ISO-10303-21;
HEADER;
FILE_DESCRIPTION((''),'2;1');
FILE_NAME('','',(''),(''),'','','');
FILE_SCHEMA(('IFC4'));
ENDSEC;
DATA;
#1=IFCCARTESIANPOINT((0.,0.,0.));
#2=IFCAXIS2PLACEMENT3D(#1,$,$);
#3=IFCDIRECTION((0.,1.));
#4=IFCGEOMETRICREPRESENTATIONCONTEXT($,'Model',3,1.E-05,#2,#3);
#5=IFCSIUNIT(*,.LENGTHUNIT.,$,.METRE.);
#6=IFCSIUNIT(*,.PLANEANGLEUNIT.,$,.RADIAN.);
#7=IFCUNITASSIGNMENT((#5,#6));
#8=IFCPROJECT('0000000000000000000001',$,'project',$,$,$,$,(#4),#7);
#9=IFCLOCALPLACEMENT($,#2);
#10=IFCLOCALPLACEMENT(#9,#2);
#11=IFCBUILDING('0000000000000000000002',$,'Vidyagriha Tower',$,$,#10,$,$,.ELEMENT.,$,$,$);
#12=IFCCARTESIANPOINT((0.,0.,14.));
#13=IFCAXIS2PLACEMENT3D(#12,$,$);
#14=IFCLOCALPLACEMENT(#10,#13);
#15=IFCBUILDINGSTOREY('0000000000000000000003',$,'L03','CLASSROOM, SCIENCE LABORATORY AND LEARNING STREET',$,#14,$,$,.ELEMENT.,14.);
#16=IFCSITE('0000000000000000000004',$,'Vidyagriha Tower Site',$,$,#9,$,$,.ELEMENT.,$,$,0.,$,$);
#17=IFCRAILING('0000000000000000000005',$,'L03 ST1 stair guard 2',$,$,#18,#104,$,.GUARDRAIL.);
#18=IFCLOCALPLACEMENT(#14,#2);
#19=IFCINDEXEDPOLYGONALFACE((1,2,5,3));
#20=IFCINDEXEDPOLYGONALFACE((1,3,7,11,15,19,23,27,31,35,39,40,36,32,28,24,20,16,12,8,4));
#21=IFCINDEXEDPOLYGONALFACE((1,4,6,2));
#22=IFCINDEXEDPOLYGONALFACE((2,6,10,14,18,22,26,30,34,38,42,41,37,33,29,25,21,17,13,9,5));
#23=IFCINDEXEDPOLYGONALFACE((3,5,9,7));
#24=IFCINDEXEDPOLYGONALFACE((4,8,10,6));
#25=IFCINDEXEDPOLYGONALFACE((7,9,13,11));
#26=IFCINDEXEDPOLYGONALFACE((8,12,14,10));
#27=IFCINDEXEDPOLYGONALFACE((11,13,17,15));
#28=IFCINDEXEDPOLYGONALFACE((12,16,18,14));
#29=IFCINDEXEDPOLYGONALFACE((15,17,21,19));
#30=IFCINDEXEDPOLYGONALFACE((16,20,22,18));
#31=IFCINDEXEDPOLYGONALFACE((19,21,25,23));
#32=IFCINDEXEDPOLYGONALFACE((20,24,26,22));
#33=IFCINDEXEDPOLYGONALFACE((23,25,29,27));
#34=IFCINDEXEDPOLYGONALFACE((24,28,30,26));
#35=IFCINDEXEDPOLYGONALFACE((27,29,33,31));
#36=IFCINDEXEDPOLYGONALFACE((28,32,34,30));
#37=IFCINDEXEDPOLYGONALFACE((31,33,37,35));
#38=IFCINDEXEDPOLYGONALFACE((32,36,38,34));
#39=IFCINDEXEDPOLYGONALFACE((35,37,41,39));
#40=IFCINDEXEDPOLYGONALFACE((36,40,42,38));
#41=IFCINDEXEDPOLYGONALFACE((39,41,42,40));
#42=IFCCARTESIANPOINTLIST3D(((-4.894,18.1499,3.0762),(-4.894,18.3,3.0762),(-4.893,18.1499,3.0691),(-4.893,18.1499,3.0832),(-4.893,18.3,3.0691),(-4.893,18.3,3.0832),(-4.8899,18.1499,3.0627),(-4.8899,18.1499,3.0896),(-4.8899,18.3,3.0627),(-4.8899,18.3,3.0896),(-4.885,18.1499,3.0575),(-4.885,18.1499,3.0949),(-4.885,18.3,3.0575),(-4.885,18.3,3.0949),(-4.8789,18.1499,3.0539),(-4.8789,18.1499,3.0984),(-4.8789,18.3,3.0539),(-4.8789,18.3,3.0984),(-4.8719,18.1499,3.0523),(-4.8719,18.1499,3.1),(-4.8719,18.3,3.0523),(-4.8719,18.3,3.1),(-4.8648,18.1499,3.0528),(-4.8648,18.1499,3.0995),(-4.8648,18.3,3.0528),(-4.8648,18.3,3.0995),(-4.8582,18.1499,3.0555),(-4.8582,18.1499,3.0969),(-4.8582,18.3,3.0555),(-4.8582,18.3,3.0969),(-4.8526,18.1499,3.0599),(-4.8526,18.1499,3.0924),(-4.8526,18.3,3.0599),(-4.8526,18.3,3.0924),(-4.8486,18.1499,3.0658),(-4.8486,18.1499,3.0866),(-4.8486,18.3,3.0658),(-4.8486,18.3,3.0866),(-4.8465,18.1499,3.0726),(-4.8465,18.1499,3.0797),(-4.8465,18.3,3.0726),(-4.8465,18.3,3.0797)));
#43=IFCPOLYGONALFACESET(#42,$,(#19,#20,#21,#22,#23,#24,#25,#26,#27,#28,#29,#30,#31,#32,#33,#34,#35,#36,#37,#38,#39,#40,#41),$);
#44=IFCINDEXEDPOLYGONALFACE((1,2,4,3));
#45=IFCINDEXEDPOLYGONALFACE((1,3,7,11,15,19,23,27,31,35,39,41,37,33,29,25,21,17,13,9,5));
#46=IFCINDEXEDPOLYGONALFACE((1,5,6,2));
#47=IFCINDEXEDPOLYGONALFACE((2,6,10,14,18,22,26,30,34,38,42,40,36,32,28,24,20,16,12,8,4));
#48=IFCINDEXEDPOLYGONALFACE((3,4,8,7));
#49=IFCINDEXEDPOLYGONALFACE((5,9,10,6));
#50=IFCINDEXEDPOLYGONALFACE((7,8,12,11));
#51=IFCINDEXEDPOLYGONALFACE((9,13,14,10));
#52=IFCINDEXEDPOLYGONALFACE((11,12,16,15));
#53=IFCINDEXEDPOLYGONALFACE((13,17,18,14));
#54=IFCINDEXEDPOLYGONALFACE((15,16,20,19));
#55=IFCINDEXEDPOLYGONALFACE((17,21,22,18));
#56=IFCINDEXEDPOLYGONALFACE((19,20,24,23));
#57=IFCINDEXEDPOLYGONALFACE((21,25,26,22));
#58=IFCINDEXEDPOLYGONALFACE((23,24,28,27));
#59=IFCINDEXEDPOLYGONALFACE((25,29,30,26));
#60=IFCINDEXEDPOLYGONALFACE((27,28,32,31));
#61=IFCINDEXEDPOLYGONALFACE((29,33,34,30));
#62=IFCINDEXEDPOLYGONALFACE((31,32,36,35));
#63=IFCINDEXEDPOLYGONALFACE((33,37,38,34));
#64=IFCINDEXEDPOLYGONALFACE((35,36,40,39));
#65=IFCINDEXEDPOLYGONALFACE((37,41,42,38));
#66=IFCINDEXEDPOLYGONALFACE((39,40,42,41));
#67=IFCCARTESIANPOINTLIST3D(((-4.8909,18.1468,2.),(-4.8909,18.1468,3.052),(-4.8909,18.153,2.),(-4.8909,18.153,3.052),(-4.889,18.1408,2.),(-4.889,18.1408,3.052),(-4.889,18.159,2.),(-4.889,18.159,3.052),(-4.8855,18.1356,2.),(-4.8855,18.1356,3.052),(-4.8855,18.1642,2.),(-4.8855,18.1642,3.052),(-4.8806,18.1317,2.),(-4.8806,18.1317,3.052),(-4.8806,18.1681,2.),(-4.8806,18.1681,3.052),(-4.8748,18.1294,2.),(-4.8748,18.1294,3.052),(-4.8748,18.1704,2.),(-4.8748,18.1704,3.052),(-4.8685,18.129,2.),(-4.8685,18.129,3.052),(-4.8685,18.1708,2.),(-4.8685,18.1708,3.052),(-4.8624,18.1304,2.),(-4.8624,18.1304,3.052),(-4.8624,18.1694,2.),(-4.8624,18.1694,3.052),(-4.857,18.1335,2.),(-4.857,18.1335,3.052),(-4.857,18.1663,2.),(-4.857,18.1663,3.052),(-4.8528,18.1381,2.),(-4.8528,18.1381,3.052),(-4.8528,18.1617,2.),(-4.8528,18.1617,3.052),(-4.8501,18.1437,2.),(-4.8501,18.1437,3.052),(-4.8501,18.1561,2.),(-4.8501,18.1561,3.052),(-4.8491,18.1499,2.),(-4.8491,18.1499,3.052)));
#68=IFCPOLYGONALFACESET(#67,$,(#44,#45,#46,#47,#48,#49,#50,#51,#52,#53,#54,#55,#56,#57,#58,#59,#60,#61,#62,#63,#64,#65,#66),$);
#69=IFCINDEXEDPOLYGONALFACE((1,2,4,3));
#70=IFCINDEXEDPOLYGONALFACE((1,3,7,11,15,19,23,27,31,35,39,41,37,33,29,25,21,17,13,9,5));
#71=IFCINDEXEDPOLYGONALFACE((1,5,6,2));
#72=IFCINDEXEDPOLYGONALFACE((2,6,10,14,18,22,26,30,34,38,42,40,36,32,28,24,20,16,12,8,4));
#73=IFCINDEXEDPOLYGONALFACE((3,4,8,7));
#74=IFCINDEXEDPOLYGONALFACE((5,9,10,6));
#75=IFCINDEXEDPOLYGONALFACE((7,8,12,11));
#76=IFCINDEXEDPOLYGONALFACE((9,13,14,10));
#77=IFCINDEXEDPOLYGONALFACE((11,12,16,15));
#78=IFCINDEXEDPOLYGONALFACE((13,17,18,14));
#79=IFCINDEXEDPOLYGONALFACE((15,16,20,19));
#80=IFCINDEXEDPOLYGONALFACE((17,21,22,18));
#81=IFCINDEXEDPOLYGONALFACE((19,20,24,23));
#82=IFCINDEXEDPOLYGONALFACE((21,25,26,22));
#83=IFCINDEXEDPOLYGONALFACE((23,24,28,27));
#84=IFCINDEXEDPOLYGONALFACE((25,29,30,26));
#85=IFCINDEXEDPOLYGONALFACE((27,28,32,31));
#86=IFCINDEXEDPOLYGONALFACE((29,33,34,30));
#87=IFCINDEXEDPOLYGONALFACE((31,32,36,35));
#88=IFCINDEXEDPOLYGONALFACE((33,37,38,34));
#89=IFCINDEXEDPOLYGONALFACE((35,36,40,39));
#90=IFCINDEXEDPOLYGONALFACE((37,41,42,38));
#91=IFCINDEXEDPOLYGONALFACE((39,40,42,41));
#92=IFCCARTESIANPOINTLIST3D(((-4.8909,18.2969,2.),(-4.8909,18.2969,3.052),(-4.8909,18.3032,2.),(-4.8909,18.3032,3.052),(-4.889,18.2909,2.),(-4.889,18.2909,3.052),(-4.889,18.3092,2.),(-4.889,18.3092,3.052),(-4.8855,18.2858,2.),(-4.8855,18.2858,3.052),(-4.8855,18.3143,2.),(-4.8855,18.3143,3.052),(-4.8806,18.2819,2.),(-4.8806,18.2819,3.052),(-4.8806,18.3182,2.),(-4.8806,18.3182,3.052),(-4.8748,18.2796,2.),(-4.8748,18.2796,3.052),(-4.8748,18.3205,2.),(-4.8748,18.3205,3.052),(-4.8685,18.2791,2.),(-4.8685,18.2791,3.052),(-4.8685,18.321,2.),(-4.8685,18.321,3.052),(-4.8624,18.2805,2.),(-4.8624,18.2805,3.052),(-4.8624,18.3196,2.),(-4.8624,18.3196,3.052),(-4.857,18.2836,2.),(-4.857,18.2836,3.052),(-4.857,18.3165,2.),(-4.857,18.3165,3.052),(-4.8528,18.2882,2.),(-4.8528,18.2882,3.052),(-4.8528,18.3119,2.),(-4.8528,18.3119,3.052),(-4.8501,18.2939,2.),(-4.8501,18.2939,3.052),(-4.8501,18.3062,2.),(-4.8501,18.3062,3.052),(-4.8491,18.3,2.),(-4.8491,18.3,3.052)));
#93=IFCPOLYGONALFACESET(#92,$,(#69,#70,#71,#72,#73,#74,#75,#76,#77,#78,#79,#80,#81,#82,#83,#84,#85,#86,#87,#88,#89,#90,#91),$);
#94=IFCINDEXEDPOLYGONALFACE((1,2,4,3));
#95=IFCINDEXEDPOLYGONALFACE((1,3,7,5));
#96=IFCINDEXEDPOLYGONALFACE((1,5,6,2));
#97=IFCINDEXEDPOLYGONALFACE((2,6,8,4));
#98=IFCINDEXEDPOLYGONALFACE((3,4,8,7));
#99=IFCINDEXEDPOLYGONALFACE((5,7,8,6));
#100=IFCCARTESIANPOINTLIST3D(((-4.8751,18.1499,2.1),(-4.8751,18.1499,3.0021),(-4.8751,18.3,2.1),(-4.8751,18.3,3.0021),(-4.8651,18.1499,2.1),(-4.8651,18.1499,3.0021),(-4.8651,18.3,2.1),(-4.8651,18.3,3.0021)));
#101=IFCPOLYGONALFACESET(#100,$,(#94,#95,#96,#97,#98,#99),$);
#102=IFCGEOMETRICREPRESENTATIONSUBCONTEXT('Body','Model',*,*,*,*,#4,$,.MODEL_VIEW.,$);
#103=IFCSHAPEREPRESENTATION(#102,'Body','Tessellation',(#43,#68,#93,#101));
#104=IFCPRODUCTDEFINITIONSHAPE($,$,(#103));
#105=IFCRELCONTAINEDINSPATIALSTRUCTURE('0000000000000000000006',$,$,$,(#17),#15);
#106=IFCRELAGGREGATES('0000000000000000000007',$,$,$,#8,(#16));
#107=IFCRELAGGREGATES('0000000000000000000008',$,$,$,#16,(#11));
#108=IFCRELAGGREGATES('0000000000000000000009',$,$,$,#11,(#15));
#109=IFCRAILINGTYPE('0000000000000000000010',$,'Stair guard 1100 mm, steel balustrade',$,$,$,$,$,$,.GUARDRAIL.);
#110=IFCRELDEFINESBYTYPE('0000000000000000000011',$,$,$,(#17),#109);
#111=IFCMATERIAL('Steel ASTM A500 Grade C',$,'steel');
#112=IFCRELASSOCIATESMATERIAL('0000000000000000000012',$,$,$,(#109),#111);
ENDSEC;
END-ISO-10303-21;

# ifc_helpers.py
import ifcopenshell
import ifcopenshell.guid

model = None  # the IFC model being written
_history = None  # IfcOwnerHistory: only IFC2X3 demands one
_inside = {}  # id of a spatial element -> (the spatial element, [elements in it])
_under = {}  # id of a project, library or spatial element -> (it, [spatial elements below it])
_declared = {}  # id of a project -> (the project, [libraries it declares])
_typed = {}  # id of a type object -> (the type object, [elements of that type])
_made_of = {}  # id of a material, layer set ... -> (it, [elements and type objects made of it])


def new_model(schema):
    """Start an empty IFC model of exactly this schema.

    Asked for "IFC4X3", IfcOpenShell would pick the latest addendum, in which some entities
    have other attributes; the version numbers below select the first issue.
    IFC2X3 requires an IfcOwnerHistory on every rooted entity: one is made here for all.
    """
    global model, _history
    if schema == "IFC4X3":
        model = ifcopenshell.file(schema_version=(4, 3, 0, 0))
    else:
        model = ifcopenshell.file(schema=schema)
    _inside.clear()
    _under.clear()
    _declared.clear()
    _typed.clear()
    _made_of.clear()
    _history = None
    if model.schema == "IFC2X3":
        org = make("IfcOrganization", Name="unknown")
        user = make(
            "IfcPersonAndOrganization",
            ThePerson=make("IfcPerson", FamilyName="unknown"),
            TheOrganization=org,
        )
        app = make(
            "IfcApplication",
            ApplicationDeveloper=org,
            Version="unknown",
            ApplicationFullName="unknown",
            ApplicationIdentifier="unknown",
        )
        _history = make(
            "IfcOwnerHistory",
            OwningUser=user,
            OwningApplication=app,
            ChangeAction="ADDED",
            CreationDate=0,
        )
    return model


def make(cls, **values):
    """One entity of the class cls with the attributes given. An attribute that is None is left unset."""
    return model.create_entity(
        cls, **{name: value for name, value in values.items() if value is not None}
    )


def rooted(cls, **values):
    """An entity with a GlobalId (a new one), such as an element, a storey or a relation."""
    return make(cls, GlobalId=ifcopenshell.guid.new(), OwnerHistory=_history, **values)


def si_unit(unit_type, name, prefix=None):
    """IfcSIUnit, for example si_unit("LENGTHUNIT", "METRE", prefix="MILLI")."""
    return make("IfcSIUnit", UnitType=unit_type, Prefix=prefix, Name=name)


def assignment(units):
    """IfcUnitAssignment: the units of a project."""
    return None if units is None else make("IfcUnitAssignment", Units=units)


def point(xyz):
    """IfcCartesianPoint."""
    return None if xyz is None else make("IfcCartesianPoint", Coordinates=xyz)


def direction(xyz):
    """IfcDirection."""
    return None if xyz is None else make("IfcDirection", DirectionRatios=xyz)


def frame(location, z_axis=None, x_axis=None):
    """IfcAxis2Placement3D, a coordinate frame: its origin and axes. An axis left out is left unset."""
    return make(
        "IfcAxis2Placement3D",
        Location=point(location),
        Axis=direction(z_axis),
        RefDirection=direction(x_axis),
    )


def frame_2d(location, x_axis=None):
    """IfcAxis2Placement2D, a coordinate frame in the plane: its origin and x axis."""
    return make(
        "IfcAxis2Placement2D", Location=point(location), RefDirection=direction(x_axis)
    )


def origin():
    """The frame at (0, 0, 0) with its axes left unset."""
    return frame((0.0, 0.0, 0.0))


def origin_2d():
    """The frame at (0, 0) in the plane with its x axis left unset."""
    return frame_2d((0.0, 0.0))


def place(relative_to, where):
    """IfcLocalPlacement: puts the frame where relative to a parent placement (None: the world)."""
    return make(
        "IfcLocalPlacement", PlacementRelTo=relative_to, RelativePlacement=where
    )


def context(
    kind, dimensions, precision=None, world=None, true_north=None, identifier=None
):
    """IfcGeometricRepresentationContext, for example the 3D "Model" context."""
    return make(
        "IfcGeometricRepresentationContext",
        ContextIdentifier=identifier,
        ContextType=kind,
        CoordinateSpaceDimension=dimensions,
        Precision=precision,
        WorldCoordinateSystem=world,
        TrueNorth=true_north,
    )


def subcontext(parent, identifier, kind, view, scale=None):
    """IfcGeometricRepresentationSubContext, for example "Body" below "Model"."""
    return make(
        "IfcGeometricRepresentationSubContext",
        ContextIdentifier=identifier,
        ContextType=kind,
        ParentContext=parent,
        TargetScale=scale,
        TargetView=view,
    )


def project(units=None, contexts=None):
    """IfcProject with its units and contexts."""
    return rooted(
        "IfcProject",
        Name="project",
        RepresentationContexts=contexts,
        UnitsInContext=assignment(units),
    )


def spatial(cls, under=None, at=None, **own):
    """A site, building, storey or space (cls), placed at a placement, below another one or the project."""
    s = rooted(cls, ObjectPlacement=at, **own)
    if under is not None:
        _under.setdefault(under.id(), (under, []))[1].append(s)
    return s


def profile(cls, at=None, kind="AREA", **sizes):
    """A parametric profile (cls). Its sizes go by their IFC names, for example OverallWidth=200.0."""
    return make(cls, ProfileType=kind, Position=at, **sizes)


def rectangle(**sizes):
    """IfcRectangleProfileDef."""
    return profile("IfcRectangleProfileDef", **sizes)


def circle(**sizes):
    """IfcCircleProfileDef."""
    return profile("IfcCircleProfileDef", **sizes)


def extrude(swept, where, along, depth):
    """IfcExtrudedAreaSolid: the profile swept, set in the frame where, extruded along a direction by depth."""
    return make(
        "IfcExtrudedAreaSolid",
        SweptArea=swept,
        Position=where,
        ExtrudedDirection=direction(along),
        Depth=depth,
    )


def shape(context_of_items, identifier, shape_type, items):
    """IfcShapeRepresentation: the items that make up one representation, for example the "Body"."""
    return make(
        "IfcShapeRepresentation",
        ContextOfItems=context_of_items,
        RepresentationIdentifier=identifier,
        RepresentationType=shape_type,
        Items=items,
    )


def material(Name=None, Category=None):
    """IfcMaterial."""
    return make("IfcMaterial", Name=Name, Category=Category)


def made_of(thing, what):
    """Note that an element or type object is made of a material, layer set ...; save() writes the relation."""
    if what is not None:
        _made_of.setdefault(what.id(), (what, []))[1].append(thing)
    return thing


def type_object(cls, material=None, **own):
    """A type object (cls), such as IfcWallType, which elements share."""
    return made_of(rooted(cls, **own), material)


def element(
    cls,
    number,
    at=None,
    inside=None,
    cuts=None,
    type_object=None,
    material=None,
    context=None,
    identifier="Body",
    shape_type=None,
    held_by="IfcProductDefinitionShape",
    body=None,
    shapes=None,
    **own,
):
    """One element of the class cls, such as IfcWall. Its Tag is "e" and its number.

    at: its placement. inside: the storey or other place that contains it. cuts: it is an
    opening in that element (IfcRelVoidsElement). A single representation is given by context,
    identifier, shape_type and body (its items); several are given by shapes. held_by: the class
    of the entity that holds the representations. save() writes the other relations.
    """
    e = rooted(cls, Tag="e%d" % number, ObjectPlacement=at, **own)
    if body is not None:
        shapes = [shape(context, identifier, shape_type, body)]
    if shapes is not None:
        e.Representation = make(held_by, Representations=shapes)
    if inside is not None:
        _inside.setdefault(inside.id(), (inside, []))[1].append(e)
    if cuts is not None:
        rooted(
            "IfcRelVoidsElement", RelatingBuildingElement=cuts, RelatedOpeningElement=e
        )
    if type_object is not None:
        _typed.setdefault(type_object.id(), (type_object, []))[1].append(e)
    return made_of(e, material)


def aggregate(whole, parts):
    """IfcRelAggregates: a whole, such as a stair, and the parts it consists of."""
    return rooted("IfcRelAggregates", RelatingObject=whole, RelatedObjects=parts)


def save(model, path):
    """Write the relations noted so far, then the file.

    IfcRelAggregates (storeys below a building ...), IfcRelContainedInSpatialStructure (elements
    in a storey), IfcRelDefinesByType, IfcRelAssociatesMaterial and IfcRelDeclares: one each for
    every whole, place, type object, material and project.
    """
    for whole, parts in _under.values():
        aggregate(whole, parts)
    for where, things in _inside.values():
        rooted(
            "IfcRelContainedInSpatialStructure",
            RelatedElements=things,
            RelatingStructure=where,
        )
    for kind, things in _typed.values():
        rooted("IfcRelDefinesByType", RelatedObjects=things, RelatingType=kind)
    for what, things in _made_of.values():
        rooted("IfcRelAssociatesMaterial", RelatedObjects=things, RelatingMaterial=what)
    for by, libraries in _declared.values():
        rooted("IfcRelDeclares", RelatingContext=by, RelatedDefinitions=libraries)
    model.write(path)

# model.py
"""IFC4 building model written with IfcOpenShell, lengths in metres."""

from ifc_helpers import new_model, si_unit, direction, frame, origin, origin_2d, place, context, subcontext, project, spatial, rectangle, circle, extrude, material, type_object, element, save


model = new_model("IFC4")

# Units and contexts
model_context = context("Model", 3, precision=1e-05, world=origin(), true_north=direction((0.0, 1.0)))
body_context = subcontext(model_context, "Body", "Model", "MODEL_VIEW")
ifc_project = project(units=[si_unit("LENGTHUNIT", "METRE"), si_unit("PLANEANGLEUNIT", "RADIAN")], contexts=[model_context])

# Site, building, storey
site_placement = place(None, origin())
site = spatial("IfcSite", under=ifc_project, at=site_placement, Name="Vidyagriha Tower Site", CompositionType="ELEMENT", RefElevation=0.0)
building_placement = place(site_placement, origin())
building = spatial("IfcBuilding", under=site, at=building_placement, Name="Vidyagriha Tower", CompositionType="ELEMENT")
storey_placement = place(building_placement, frame((0.0, 0.0, 14.0)))
storey = spatial("IfcBuildingStorey", under=building, at=storey_placement, Name="L03", Description="CLASSROOM, SCIENCE LABORATORY AND LEARNING STREET", CompositionType="ELEMENT", Elevation=14.0)

# Railing
ifc_material_1 = material(Name="Steel ASTM A500 Grade C", Category="steel")
railing_type_1 = type_object("IfcRailingType", Name="Stair guard 1100 mm, steel balustrade", PredefinedType="GUARDRAIL", material=ifc_material_1)
railing_1_placement = place(storey_placement, frame((-4.8701, 18.1499, 2.0)))
element("IfcRailing", 1, at=railing_1_placement, inside=storey, type_object=railing_type_1, Name="L03 ST1 stair guard 2", PredefinedType="GUARDRAIL", context=body_context, shape_type="SweptSolid", body=[
    extrude(circle(Radius=0.0239, at=origin_2d()), frame((0.0, 0.0, 1.0762), z_axis=(0.0, 1.0, 0.0), x_axis=(-1.0, 0.0, 0.0)), (0.0, 0.0, 1.0), 0.1501),
    extrude(circle(Radius=0.021, at=origin_2d()), origin(), (0.0, 0.0, 1.0), 1.052),
    extrude(circle(Radius=0.021, at=origin_2d()), frame((0.0, 0.1501, 0.0)), (0.0, 0.0, 1.0), 1.052),
    extrude(rectangle(XDim=0.01, YDim=0.9021, at=origin_2d()), frame((0.0, 0.0, 0.551), z_axis=(0.0, 1.0, 0.0), x_axis=(-1.0, 0.0, 0.0)), (0.0, 0.0, 1.0), 0.1501),
])

save(model, "model.ifc")
